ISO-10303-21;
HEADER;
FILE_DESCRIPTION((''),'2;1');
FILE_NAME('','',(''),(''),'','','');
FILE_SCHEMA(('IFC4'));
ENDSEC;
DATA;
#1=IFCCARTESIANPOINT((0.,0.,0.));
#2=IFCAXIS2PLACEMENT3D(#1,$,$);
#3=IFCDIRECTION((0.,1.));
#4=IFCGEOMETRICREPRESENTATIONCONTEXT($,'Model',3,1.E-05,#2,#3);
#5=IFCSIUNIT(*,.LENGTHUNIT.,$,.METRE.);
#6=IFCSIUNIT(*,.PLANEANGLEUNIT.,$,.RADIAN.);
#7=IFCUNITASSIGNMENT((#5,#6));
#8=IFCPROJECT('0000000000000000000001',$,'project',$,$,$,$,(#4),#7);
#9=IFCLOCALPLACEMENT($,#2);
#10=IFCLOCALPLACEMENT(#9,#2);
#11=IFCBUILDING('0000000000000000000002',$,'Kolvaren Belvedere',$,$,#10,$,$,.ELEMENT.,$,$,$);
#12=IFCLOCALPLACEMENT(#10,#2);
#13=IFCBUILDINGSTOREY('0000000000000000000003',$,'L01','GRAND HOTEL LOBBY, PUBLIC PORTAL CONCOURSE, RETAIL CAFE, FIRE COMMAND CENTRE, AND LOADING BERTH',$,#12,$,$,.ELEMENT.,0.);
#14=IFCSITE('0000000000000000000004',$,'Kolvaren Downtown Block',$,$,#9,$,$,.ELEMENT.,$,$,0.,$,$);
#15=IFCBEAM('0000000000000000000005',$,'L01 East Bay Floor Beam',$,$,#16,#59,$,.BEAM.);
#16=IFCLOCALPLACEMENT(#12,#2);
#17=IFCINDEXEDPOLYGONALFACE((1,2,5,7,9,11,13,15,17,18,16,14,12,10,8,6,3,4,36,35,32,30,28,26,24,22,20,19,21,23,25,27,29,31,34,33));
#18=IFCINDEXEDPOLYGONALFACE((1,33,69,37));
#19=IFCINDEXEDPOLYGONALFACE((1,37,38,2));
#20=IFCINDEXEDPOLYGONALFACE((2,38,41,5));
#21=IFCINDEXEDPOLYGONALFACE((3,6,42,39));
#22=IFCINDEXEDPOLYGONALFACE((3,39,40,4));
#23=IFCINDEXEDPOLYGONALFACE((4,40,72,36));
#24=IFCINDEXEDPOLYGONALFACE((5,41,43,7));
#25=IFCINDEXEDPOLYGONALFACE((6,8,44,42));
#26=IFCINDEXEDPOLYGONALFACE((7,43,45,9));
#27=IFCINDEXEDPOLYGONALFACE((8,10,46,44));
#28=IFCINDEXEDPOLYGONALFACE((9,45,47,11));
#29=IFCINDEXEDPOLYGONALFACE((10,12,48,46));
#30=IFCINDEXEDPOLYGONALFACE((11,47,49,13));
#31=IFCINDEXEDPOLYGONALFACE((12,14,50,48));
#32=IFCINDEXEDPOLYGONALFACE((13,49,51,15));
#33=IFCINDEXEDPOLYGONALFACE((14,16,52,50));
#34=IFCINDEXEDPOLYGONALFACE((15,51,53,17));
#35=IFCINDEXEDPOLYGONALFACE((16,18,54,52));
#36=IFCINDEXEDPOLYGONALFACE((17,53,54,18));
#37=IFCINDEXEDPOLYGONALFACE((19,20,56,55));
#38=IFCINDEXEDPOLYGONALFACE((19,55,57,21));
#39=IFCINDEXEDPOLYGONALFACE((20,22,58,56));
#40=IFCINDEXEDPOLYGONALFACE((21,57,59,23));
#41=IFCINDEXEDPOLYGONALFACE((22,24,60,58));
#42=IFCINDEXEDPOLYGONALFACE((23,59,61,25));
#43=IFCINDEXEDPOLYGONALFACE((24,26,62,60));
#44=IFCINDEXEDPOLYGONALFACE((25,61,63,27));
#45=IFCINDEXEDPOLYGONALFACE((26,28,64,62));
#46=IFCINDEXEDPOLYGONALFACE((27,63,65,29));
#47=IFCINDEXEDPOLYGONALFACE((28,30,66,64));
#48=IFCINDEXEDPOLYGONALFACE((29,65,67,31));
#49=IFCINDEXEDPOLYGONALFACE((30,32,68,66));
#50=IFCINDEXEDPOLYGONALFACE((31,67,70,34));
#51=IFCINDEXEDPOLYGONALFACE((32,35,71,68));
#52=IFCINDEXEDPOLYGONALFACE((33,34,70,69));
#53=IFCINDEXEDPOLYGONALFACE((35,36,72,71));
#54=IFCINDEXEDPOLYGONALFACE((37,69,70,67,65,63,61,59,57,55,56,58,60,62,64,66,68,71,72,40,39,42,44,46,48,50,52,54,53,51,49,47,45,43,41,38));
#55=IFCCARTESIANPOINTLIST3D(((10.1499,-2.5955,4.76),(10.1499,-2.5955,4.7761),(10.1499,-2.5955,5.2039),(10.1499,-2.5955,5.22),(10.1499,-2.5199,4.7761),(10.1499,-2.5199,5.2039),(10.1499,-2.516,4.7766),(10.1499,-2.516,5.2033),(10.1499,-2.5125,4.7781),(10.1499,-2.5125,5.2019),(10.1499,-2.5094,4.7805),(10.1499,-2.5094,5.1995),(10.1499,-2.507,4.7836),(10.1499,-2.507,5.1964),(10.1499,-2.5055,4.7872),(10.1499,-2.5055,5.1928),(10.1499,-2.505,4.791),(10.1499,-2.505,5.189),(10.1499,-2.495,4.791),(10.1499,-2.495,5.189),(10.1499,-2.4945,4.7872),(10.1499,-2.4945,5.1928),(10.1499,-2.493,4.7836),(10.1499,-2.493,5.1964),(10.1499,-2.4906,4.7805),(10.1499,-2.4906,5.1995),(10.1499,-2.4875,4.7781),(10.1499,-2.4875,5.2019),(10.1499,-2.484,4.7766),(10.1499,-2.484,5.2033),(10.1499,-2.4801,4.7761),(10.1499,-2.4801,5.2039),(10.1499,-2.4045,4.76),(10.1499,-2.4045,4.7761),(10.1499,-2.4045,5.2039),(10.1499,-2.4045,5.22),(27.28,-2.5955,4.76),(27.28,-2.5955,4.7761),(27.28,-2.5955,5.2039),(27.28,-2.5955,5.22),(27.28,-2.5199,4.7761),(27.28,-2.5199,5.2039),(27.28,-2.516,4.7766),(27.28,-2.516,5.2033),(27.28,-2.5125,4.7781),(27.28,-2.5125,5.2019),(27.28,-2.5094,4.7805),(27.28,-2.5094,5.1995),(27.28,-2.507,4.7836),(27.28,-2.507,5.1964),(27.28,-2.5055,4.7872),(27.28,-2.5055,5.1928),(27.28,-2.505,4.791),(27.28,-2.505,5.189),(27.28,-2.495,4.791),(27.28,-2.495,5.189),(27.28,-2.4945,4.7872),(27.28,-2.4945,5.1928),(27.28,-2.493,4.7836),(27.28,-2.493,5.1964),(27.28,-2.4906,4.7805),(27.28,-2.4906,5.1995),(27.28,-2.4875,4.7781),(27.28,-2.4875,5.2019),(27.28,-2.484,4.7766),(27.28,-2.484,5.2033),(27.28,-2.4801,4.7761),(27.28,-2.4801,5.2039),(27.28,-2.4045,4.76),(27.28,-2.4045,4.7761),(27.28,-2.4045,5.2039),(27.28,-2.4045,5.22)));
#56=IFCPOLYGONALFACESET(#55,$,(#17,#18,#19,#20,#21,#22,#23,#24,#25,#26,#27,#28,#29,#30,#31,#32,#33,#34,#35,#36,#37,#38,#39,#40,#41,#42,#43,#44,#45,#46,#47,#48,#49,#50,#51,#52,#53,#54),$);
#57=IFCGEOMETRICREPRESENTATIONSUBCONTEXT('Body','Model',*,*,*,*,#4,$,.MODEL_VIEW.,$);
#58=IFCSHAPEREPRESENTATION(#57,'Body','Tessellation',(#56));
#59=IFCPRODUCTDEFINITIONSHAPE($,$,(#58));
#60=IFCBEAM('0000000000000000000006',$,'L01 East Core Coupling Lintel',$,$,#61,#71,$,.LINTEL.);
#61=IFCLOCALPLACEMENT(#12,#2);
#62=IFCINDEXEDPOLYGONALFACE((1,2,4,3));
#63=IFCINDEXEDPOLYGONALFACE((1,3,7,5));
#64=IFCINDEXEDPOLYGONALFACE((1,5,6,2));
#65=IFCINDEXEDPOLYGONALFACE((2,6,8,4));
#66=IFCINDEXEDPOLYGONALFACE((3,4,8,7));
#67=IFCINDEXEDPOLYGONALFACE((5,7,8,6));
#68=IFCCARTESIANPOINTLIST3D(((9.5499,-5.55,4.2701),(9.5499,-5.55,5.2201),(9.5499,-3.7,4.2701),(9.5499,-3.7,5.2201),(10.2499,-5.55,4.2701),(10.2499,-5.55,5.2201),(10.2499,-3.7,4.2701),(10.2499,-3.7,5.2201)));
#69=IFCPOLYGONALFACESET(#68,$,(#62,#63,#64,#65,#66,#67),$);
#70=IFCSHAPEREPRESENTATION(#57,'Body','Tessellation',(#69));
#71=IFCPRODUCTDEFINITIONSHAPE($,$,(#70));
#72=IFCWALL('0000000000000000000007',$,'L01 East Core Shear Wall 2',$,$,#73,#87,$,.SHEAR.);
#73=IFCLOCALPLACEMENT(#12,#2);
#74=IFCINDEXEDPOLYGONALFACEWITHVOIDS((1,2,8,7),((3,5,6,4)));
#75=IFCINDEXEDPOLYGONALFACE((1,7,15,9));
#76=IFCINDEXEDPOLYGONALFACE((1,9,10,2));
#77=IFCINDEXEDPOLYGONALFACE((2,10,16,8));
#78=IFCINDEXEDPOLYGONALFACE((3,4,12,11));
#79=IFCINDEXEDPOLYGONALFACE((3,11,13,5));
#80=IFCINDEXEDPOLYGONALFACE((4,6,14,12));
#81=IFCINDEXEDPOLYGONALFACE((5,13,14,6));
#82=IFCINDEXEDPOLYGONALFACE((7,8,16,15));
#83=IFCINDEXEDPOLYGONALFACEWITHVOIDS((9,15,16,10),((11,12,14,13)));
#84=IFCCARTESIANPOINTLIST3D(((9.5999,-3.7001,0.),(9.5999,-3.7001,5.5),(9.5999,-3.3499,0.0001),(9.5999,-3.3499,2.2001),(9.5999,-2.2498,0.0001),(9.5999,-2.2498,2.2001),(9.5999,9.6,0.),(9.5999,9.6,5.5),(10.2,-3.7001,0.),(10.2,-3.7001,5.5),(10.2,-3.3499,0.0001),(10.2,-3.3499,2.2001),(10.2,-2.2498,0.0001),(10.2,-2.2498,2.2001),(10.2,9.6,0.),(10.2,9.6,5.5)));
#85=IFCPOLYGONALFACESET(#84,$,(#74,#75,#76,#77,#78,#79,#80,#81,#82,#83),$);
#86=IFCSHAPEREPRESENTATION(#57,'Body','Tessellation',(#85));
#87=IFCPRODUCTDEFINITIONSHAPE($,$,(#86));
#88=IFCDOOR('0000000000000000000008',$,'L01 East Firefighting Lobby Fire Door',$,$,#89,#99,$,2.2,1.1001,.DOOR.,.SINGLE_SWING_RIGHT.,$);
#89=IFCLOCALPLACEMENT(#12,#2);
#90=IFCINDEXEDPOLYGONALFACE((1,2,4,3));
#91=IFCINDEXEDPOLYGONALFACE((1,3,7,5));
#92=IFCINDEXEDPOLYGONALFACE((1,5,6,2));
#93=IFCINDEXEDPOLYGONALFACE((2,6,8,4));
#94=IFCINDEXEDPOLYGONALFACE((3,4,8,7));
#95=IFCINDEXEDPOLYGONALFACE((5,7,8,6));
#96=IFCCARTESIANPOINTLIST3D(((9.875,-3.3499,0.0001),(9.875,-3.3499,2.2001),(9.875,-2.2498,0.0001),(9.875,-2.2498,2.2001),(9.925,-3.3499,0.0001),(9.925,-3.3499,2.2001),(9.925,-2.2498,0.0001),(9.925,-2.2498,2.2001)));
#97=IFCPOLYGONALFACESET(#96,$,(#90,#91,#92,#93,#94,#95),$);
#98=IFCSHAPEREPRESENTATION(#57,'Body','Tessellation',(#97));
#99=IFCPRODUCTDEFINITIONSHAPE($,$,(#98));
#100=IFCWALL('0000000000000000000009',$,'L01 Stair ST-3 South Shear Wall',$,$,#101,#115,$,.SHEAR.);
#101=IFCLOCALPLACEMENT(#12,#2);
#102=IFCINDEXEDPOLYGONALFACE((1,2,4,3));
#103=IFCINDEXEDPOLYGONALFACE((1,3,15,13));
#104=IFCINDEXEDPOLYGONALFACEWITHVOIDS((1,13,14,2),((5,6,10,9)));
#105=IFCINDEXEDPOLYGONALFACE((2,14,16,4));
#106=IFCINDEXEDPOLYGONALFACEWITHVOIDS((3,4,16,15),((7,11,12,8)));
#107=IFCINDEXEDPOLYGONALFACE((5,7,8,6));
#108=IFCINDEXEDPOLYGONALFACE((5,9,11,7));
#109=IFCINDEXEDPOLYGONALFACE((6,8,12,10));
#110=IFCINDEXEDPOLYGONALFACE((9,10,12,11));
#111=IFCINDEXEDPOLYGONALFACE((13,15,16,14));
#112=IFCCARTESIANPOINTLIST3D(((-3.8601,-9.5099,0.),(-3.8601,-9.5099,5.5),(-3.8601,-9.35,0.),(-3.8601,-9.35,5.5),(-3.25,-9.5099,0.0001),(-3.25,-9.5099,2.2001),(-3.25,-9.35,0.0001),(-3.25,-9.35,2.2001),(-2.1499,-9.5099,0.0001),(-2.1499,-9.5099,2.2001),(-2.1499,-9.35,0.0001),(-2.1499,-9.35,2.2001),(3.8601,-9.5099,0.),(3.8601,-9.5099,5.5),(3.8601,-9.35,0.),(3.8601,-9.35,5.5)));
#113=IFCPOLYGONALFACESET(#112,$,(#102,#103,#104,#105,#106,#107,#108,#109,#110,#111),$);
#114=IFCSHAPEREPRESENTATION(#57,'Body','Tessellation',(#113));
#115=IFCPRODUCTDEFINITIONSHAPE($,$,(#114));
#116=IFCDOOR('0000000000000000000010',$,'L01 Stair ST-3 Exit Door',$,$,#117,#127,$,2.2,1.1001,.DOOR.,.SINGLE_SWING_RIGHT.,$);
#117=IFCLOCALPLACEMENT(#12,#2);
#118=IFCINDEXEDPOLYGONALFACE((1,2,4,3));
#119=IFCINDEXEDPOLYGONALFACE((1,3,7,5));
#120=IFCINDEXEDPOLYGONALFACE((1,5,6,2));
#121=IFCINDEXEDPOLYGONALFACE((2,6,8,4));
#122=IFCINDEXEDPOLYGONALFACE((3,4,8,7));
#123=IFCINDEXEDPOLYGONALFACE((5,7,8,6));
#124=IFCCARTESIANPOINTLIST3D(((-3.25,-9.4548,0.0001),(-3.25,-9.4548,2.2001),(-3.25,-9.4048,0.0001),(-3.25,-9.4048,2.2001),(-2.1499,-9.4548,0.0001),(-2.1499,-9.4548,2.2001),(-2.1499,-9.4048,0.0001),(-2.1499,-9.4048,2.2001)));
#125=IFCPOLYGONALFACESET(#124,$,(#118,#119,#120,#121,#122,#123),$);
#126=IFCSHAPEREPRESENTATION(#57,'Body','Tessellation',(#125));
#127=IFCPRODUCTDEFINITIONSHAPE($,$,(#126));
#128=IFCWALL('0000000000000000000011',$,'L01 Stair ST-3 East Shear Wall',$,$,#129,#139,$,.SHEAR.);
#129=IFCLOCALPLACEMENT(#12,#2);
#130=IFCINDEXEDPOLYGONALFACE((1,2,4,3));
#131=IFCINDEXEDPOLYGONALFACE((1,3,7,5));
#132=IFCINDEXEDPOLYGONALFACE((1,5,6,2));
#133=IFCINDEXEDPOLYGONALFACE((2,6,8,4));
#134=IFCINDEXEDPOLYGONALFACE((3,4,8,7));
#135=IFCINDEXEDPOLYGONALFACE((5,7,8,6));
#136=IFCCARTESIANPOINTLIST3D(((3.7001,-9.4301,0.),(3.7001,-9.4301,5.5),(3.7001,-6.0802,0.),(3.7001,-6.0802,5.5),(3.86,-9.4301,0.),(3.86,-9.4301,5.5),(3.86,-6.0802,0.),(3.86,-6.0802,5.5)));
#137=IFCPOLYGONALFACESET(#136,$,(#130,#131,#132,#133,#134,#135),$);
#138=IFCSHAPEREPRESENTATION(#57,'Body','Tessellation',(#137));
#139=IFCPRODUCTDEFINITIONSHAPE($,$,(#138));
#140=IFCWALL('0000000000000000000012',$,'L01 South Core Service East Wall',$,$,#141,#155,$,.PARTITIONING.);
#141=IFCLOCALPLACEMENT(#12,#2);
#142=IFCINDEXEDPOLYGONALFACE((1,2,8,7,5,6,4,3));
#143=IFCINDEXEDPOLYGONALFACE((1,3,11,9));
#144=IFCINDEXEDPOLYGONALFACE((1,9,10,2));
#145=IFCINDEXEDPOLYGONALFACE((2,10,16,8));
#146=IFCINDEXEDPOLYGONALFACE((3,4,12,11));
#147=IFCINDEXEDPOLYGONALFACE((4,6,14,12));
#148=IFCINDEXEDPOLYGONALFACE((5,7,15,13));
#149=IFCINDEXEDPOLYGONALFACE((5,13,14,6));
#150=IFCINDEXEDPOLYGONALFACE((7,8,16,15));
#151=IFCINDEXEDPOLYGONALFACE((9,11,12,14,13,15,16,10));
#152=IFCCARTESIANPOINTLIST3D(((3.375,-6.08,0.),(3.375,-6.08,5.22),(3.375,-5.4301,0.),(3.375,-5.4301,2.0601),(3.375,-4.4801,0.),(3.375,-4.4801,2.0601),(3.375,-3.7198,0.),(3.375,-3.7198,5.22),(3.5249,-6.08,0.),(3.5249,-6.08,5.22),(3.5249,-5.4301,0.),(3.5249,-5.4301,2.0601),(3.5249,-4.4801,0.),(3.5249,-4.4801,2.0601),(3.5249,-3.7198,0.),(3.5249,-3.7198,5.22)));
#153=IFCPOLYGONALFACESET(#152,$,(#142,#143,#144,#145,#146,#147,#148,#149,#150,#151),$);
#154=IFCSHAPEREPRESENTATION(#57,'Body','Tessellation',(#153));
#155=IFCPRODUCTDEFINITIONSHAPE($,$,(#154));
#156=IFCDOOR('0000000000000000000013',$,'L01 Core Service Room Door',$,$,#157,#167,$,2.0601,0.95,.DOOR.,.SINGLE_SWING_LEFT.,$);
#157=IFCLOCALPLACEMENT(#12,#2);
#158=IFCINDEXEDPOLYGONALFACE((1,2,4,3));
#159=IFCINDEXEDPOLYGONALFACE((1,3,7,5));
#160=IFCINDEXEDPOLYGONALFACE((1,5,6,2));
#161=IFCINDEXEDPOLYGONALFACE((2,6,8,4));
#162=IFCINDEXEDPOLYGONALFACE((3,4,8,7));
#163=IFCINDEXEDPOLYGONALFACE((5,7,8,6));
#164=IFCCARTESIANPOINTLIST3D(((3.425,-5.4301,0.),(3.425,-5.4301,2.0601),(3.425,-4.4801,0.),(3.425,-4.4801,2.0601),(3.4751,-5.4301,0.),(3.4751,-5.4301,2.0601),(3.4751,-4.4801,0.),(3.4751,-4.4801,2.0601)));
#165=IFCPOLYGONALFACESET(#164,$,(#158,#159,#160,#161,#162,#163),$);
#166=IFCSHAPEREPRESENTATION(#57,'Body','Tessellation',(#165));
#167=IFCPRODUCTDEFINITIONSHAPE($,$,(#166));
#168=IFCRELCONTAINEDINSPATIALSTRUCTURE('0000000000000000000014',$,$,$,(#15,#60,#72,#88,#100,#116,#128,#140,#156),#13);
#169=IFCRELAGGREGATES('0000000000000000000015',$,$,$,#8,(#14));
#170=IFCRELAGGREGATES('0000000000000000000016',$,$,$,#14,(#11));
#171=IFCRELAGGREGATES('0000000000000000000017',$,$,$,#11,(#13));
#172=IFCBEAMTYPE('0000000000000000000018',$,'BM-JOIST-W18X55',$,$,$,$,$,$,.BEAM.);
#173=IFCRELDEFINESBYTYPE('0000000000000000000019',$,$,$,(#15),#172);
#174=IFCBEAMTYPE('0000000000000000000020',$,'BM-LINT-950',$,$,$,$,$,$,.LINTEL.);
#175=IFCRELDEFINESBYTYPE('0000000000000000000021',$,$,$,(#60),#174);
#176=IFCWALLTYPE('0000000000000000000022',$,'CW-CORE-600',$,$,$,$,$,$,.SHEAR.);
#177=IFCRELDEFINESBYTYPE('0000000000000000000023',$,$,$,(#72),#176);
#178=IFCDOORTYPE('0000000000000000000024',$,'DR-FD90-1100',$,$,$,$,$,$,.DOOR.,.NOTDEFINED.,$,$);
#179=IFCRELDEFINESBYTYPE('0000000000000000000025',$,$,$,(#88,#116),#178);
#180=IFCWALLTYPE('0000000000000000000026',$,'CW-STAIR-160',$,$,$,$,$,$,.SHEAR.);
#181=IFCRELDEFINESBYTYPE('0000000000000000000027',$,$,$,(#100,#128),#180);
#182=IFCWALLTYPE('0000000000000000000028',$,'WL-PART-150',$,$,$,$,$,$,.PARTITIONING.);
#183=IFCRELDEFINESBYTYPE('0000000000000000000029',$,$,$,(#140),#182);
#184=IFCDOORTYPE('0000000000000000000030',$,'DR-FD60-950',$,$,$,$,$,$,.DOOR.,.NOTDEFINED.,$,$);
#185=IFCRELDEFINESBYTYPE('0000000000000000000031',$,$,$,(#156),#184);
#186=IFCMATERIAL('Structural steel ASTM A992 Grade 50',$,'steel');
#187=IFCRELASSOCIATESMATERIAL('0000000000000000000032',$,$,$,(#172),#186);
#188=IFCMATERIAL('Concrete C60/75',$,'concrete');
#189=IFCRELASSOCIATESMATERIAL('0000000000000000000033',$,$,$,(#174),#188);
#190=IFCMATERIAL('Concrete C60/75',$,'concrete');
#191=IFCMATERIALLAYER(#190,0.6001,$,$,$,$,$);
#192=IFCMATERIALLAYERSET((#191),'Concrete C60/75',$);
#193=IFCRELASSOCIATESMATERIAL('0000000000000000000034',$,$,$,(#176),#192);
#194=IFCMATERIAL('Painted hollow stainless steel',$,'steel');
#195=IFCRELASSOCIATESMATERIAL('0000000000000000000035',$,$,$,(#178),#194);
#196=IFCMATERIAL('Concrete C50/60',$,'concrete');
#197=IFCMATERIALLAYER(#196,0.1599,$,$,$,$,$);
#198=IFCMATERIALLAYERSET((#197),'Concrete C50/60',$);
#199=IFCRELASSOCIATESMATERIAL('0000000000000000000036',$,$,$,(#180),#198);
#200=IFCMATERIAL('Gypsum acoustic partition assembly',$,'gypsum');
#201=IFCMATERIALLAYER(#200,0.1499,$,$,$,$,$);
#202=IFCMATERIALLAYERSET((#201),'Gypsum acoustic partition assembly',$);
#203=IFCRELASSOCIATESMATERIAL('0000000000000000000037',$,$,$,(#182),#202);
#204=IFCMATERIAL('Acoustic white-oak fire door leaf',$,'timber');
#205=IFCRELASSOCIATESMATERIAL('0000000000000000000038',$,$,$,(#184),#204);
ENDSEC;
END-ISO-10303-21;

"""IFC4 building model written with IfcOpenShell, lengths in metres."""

from ifc_helpers import new_model, si_unit, direction, frame, frame_2d, origin, origin_2d, place, context, subcontext, project, spatial, rectangle, i_section, extrude, material, layer, layer_set, material_profile, profile_set, type_object, element, fill, save


model = new_model("IFC4")

# Units and contexts
model_context = context("Model", 3, precision=1e-05, world=origin(), true_north=direction((0.0, 1.0)))
body_context = subcontext(model_context, "Body", "Model", "MODEL_VIEW")
ifc_project = project(units=[si_unit("LENGTHUNIT", "METRE"), si_unit("PLANEANGLEUNIT", "RADIAN")], contexts=[model_context])

# Site, building, storey
site_placement = place(None, origin())
site = spatial("IfcSite", under=ifc_project, at=site_placement, Name="Kolvaren Downtown Block", CompositionType="ELEMENT", RefElevation=0.0)
building_placement = place(site_placement, origin())
building = spatial("IfcBuilding", under=site, at=building_placement, Name="Kolvaren Belvedere", CompositionType="ELEMENT")
storey_placement = place(building_placement, origin())
storey = spatial("IfcBuildingStorey", under=building, at=storey_placement, Name="L01", Description="GRAND HOTEL LOBBY, PUBLIC PORTAL CONCOURSE, RETAIL CAFE, FIRE COMMAND CENTRE, AND LOADING BERTH", CompositionType="ELEMENT", Elevation=0.0)

# Beams
ifc_material_1 = material(Name="Structural steel ASTM A992 Grade 50", Category="steel")
ifc_material_profile_1 = material_profile(ifc_material_1, i_section(OverallWidth=0.1909, OverallDepth=0.46, WebThickness=0.01, FlangeThickness=0.0161, FilletRadius=0.0149, at=origin_2d()), Name="W18X55")
ifc_profile_set_1 = profile_set([ifc_material_profile_1], Name="Structural steel ASTM A992 Grade 50")
beam_type_1 = type_object("IfcBeamType", Name="BM-JOIST-W18X55", PredefinedType="BEAM", material=ifc_profile_set_1)
beam_1_placement = place(storey_placement, frame((10.1499, -2.5, 4.99), z_axis=(1.0, 0.0, 0.0), x_axis=(0.0, 1.0, 0.0)))
element("IfcBeam", 1, at=beam_1_placement, inside=storey, type_object=beam_type_1, Name="L01 East Bay Floor Beam", PredefinedType="BEAM", context=body_context, shape_type="SweptSolid", body=[
    extrude(i_section(OverallWidth=0.1909, OverallDepth=0.46, WebThickness=0.01, FlangeThickness=0.0161, FilletRadius=0.0149, at=origin_2d()), origin(), (0.0, 0.0, 1.0), 17.1301),
])
ifc_material_2 = material(Name="Concrete C60/75", Category="concrete")
ifc_material_profile_2 = material_profile(ifc_material_2, rectangle(XDim=0.7, YDim=0.95, at=origin_2d()), Name="RC 700X950")
ifc_profile_set_2 = profile_set([ifc_material_profile_2], Name="Concrete C60/75")
beam_type_2 = type_object("IfcBeamType", Name="BM-LINT-950", PredefinedType="LINTEL", material=ifc_profile_set_2)
beam_2_placement = place(storey_placement, frame((9.8999, -5.55, 4.7451), z_axis=(0.0, 1.0, 0.0), x_axis=(-1.0, 0.0, 0.0)))
element("IfcBeam", 2, at=beam_2_placement, inside=storey, type_object=beam_type_2, Name="L01 East Core Coupling Lintel", PredefinedType="LINTEL", context=body_context, shape_type="SweptSolid", body=[
    extrude(rectangle(XDim=0.7, YDim=0.95, at=origin_2d()), origin(), (0.0, 0.0, 1.0), 1.8501),
])

# Walls, openings, doors
ifc_material_3 = material(Name="Concrete C60/75", Category="concrete")
ifc_layer_1 = layer(ifc_material_3, 0.6001)
ifc_layer_set_1 = layer_set([ifc_layer_1], Name="Concrete C60/75")
wall_type_1 = type_object("IfcWallType", Name="CW-CORE-600", PredefinedType="SHEAR", material=ifc_layer_set_1)
wall_1_placement = place(storey_placement, frame((9.8999, -3.7, 0.0), z_axis=(0.0, 0.0, 1.0), x_axis=(0.0, 1.0, 0.0)))
wall_1 = element("IfcWall", 3, at=wall_1_placement, inside=storey, type_object=wall_type_1, Name="L01 East Core Shear Wall 2", PredefinedType="SHEAR", context=body_context, shape_type="SweptSolid", body=[
    extrude(rectangle(XDim=13.3, YDim=0.6001, at=frame_2d((6.6499, 0.0))), origin(), (0.0, 0.0, 1.0), 5.5),
])
opening_1_placement = place(wall_1_placement, frame((0.3501, 0.0, 0.0)))
opening_1 = element("IfcOpeningElement", 4, at=opening_1_placement, cuts=wall_1, PredefinedType="OPENING", context=body_context, shape_type="SweptSolid", body=[
    extrude(rectangle(XDim=1.1001, YDim=2.2, at=frame_2d((0.55, 1.1001))), frame((0.0, 0.3101, 0.0), z_axis=(0.0, -1.0, 0.0), x_axis=(1.0, 0.0, 0.0)), (0.0, 0.0, 1.0), 0.6201),
])
ifc_material_4 = material(Name="Painted hollow stainless steel", Category="steel")
door_type_1 = type_object("IfcDoorType", Name="DR-FD90-1100", OperationType="NOTDEFINED", PredefinedType="DOOR", material=ifc_material_4)
door_1_placement = place(opening_1_placement, origin())
door_1 = element("IfcDoor", 5, at=door_1_placement, inside=storey, type_object=door_type_1, Name="L01 East Firefighting Lobby Fire Door", OperationType="SINGLE_SWING_RIGHT", OverallHeight=2.2, OverallWidth=1.1001, PredefinedType="DOOR", context=body_context, shape_type="SweptSolid", body=[
    extrude(rectangle(XDim=1.1001, YDim=2.2, at=frame_2d((0.55, 1.1001))), frame((0.0, 0.0249, 0.0), z_axis=(0.0, -1.0, 0.0), x_axis=(1.0, 0.0, 0.0)), (0.0, 0.0, 1.0), 0.05),
])
fill(opening_1, door_1)
ifc_material_5 = material(Name="Concrete C50/60", Category="concrete")
ifc_layer_2 = layer(ifc_material_5, 0.1599)
ifc_layer_set_2 = layer_set([ifc_layer_2], Name="Concrete C50/60")
wall_type_2 = type_object("IfcWallType", Name="CW-STAIR-160", PredefinedType="SHEAR", material=ifc_layer_set_2)
wall_2_placement = place(storey_placement, frame((3.8601, -9.4299, 0.0), z_axis=(0.0, 0.0, 1.0), x_axis=(-1.0, 0.0, 0.0)))
wall_2 = element("IfcWall", 6, at=wall_2_placement, inside=storey, type_object=wall_type_2, Name="L01 Stair ST-3 South Shear Wall", PredefinedType="SHEAR", context=body_context, shape_type="SweptSolid", body=[
    extrude(rectangle(XDim=7.7202, YDim=0.1599, at=frame_2d((3.8601, 0.0))), origin(), (0.0, 0.0, 1.0), 5.5),
])
opening_2_placement = place(wall_2_placement, frame((6.01, 0.0, 0.0)))
opening_2 = element("IfcOpeningElement", 7, at=opening_2_placement, cuts=wall_2, PredefinedType="OPENING", context=body_context, shape_type="SweptSolid", body=[
    extrude(rectangle(XDim=1.1001, YDim=2.2, at=frame_2d((0.55, 1.1001))), frame((0.0, 0.0898, 0.0), z_axis=(0.0, -1.0, 0.0), x_axis=(1.0, 0.0, 0.0)), (0.0, 0.0, 1.0), 0.1799),
])
door_2_placement = place(opening_2_placement, origin())
door_2 = element("IfcDoor", 8, at=door_2_placement, inside=storey, type_object=door_type_1, Name="L01 Stair ST-3 Exit Door", OperationType="SINGLE_SWING_RIGHT", OverallHeight=2.2, OverallWidth=1.1001, PredefinedType="DOOR", context=body_context, shape_type="SweptSolid", body=[
    extrude(rectangle(XDim=1.1001, YDim=2.2, at=frame_2d((0.55, 1.1001))), frame((0.0, 0.0249, 0.0), z_axis=(0.0, -1.0, 0.0), x_axis=(1.0, 0.0, 0.0)), (0.0, 0.0, 1.0), 0.05),
])
fill(opening_2, door_2)

# Wall
wall_3_placement = place(storey_placement, frame((3.78, -9.4299, 0.0), z_axis=(0.0, 0.0, 1.0), x_axis=(0.0, 1.0, 0.0)))
element("IfcWall", 9, at=wall_3_placement, inside=storey, type_object=wall_type_2, Name="L01 Stair ST-3 East Shear Wall", PredefinedType="SHEAR", context=body_context, shape_type="SweptSolid", body=[
    extrude(rectangle(XDim=3.3499, YDim=0.1599, at=frame_2d((1.6748, 0.0))), origin(), (0.0, 0.0, 1.0), 5.5),
])

# Wall, opening, door
ifc_material_6 = material(Name="Gypsum acoustic partition assembly", Category="gypsum")
ifc_layer_3 = layer(ifc_material_6, 0.1499)
ifc_layer_set_3 = layer_set([ifc_layer_3], Name="Gypsum acoustic partition assembly")
wall_type_3 = type_object("IfcWallType", Name="WL-PART-150", PredefinedType="PARTITIONING", material=ifc_layer_set_3)
wall_4_placement = place(storey_placement, frame((3.45, -6.0801, 0.0), z_axis=(0.0, 0.0, 1.0), x_axis=(0.0, 1.0, 0.0)))
wall_4 = element("IfcWall", 10, at=wall_4_placement, inside=storey, type_object=wall_type_3, Name="L01 South Core Service East Wall", PredefinedType="PARTITIONING", context=body_context, shape_type="SweptSolid", body=[
    extrude(rectangle(XDim=2.3601, YDim=0.1499, at=frame_2d((1.1802, 0.0))), origin(), (0.0, 0.0, 1.0), 5.22),
])
opening_3_placement = place(wall_4_placement, frame((0.6499, 0.0, 0.0)))
opening_3 = element("IfcOpeningElement", 11, at=opening_3_placement, cuts=wall_4, PredefinedType="OPENING", context=body_context, shape_type="SweptSolid", body=[
    extrude(rectangle(XDim=0.95, YDim=2.0601, at=frame_2d((0.4751, 1.03))), frame((0.0, 0.085, 0.0), z_axis=(0.0, -1.0, 0.0), x_axis=(1.0, 0.0, 0.0)), (0.0, 0.0, 1.0), 0.1699),
])
ifc_material_7 = material(Name="Acoustic white-oak fire door leaf", Category="timber")
door_type_2 = type_object("IfcDoorType", Name="DR-FD60-950", OperationType="NOTDEFINED", PredefinedType="DOOR", material=ifc_material_7)
door_3_placement = place(opening_3_placement, origin())
door_3 = element("IfcDoor", 12, at=door_3_placement, inside=storey, type_object=door_type_2, Name="L01 Core Service Room Door", OperationType="SINGLE_SWING_LEFT", OverallHeight=2.0601, OverallWidth=0.95, PredefinedType="DOOR", context=body_context, shape_type="SweptSolid", body=[
    extrude(rectangle(XDim=0.95, YDim=2.0601, at=frame_2d((0.4751, 1.03))), frame((0.0, 0.0249, 0.0), z_axis=(0.0, -1.0, 0.0), x_axis=(1.0, 0.0, 0.0)), (0.0, 0.0, 1.0), 0.05),
])
fill(opening_3, door_3)

save(model, "model.ifc")
